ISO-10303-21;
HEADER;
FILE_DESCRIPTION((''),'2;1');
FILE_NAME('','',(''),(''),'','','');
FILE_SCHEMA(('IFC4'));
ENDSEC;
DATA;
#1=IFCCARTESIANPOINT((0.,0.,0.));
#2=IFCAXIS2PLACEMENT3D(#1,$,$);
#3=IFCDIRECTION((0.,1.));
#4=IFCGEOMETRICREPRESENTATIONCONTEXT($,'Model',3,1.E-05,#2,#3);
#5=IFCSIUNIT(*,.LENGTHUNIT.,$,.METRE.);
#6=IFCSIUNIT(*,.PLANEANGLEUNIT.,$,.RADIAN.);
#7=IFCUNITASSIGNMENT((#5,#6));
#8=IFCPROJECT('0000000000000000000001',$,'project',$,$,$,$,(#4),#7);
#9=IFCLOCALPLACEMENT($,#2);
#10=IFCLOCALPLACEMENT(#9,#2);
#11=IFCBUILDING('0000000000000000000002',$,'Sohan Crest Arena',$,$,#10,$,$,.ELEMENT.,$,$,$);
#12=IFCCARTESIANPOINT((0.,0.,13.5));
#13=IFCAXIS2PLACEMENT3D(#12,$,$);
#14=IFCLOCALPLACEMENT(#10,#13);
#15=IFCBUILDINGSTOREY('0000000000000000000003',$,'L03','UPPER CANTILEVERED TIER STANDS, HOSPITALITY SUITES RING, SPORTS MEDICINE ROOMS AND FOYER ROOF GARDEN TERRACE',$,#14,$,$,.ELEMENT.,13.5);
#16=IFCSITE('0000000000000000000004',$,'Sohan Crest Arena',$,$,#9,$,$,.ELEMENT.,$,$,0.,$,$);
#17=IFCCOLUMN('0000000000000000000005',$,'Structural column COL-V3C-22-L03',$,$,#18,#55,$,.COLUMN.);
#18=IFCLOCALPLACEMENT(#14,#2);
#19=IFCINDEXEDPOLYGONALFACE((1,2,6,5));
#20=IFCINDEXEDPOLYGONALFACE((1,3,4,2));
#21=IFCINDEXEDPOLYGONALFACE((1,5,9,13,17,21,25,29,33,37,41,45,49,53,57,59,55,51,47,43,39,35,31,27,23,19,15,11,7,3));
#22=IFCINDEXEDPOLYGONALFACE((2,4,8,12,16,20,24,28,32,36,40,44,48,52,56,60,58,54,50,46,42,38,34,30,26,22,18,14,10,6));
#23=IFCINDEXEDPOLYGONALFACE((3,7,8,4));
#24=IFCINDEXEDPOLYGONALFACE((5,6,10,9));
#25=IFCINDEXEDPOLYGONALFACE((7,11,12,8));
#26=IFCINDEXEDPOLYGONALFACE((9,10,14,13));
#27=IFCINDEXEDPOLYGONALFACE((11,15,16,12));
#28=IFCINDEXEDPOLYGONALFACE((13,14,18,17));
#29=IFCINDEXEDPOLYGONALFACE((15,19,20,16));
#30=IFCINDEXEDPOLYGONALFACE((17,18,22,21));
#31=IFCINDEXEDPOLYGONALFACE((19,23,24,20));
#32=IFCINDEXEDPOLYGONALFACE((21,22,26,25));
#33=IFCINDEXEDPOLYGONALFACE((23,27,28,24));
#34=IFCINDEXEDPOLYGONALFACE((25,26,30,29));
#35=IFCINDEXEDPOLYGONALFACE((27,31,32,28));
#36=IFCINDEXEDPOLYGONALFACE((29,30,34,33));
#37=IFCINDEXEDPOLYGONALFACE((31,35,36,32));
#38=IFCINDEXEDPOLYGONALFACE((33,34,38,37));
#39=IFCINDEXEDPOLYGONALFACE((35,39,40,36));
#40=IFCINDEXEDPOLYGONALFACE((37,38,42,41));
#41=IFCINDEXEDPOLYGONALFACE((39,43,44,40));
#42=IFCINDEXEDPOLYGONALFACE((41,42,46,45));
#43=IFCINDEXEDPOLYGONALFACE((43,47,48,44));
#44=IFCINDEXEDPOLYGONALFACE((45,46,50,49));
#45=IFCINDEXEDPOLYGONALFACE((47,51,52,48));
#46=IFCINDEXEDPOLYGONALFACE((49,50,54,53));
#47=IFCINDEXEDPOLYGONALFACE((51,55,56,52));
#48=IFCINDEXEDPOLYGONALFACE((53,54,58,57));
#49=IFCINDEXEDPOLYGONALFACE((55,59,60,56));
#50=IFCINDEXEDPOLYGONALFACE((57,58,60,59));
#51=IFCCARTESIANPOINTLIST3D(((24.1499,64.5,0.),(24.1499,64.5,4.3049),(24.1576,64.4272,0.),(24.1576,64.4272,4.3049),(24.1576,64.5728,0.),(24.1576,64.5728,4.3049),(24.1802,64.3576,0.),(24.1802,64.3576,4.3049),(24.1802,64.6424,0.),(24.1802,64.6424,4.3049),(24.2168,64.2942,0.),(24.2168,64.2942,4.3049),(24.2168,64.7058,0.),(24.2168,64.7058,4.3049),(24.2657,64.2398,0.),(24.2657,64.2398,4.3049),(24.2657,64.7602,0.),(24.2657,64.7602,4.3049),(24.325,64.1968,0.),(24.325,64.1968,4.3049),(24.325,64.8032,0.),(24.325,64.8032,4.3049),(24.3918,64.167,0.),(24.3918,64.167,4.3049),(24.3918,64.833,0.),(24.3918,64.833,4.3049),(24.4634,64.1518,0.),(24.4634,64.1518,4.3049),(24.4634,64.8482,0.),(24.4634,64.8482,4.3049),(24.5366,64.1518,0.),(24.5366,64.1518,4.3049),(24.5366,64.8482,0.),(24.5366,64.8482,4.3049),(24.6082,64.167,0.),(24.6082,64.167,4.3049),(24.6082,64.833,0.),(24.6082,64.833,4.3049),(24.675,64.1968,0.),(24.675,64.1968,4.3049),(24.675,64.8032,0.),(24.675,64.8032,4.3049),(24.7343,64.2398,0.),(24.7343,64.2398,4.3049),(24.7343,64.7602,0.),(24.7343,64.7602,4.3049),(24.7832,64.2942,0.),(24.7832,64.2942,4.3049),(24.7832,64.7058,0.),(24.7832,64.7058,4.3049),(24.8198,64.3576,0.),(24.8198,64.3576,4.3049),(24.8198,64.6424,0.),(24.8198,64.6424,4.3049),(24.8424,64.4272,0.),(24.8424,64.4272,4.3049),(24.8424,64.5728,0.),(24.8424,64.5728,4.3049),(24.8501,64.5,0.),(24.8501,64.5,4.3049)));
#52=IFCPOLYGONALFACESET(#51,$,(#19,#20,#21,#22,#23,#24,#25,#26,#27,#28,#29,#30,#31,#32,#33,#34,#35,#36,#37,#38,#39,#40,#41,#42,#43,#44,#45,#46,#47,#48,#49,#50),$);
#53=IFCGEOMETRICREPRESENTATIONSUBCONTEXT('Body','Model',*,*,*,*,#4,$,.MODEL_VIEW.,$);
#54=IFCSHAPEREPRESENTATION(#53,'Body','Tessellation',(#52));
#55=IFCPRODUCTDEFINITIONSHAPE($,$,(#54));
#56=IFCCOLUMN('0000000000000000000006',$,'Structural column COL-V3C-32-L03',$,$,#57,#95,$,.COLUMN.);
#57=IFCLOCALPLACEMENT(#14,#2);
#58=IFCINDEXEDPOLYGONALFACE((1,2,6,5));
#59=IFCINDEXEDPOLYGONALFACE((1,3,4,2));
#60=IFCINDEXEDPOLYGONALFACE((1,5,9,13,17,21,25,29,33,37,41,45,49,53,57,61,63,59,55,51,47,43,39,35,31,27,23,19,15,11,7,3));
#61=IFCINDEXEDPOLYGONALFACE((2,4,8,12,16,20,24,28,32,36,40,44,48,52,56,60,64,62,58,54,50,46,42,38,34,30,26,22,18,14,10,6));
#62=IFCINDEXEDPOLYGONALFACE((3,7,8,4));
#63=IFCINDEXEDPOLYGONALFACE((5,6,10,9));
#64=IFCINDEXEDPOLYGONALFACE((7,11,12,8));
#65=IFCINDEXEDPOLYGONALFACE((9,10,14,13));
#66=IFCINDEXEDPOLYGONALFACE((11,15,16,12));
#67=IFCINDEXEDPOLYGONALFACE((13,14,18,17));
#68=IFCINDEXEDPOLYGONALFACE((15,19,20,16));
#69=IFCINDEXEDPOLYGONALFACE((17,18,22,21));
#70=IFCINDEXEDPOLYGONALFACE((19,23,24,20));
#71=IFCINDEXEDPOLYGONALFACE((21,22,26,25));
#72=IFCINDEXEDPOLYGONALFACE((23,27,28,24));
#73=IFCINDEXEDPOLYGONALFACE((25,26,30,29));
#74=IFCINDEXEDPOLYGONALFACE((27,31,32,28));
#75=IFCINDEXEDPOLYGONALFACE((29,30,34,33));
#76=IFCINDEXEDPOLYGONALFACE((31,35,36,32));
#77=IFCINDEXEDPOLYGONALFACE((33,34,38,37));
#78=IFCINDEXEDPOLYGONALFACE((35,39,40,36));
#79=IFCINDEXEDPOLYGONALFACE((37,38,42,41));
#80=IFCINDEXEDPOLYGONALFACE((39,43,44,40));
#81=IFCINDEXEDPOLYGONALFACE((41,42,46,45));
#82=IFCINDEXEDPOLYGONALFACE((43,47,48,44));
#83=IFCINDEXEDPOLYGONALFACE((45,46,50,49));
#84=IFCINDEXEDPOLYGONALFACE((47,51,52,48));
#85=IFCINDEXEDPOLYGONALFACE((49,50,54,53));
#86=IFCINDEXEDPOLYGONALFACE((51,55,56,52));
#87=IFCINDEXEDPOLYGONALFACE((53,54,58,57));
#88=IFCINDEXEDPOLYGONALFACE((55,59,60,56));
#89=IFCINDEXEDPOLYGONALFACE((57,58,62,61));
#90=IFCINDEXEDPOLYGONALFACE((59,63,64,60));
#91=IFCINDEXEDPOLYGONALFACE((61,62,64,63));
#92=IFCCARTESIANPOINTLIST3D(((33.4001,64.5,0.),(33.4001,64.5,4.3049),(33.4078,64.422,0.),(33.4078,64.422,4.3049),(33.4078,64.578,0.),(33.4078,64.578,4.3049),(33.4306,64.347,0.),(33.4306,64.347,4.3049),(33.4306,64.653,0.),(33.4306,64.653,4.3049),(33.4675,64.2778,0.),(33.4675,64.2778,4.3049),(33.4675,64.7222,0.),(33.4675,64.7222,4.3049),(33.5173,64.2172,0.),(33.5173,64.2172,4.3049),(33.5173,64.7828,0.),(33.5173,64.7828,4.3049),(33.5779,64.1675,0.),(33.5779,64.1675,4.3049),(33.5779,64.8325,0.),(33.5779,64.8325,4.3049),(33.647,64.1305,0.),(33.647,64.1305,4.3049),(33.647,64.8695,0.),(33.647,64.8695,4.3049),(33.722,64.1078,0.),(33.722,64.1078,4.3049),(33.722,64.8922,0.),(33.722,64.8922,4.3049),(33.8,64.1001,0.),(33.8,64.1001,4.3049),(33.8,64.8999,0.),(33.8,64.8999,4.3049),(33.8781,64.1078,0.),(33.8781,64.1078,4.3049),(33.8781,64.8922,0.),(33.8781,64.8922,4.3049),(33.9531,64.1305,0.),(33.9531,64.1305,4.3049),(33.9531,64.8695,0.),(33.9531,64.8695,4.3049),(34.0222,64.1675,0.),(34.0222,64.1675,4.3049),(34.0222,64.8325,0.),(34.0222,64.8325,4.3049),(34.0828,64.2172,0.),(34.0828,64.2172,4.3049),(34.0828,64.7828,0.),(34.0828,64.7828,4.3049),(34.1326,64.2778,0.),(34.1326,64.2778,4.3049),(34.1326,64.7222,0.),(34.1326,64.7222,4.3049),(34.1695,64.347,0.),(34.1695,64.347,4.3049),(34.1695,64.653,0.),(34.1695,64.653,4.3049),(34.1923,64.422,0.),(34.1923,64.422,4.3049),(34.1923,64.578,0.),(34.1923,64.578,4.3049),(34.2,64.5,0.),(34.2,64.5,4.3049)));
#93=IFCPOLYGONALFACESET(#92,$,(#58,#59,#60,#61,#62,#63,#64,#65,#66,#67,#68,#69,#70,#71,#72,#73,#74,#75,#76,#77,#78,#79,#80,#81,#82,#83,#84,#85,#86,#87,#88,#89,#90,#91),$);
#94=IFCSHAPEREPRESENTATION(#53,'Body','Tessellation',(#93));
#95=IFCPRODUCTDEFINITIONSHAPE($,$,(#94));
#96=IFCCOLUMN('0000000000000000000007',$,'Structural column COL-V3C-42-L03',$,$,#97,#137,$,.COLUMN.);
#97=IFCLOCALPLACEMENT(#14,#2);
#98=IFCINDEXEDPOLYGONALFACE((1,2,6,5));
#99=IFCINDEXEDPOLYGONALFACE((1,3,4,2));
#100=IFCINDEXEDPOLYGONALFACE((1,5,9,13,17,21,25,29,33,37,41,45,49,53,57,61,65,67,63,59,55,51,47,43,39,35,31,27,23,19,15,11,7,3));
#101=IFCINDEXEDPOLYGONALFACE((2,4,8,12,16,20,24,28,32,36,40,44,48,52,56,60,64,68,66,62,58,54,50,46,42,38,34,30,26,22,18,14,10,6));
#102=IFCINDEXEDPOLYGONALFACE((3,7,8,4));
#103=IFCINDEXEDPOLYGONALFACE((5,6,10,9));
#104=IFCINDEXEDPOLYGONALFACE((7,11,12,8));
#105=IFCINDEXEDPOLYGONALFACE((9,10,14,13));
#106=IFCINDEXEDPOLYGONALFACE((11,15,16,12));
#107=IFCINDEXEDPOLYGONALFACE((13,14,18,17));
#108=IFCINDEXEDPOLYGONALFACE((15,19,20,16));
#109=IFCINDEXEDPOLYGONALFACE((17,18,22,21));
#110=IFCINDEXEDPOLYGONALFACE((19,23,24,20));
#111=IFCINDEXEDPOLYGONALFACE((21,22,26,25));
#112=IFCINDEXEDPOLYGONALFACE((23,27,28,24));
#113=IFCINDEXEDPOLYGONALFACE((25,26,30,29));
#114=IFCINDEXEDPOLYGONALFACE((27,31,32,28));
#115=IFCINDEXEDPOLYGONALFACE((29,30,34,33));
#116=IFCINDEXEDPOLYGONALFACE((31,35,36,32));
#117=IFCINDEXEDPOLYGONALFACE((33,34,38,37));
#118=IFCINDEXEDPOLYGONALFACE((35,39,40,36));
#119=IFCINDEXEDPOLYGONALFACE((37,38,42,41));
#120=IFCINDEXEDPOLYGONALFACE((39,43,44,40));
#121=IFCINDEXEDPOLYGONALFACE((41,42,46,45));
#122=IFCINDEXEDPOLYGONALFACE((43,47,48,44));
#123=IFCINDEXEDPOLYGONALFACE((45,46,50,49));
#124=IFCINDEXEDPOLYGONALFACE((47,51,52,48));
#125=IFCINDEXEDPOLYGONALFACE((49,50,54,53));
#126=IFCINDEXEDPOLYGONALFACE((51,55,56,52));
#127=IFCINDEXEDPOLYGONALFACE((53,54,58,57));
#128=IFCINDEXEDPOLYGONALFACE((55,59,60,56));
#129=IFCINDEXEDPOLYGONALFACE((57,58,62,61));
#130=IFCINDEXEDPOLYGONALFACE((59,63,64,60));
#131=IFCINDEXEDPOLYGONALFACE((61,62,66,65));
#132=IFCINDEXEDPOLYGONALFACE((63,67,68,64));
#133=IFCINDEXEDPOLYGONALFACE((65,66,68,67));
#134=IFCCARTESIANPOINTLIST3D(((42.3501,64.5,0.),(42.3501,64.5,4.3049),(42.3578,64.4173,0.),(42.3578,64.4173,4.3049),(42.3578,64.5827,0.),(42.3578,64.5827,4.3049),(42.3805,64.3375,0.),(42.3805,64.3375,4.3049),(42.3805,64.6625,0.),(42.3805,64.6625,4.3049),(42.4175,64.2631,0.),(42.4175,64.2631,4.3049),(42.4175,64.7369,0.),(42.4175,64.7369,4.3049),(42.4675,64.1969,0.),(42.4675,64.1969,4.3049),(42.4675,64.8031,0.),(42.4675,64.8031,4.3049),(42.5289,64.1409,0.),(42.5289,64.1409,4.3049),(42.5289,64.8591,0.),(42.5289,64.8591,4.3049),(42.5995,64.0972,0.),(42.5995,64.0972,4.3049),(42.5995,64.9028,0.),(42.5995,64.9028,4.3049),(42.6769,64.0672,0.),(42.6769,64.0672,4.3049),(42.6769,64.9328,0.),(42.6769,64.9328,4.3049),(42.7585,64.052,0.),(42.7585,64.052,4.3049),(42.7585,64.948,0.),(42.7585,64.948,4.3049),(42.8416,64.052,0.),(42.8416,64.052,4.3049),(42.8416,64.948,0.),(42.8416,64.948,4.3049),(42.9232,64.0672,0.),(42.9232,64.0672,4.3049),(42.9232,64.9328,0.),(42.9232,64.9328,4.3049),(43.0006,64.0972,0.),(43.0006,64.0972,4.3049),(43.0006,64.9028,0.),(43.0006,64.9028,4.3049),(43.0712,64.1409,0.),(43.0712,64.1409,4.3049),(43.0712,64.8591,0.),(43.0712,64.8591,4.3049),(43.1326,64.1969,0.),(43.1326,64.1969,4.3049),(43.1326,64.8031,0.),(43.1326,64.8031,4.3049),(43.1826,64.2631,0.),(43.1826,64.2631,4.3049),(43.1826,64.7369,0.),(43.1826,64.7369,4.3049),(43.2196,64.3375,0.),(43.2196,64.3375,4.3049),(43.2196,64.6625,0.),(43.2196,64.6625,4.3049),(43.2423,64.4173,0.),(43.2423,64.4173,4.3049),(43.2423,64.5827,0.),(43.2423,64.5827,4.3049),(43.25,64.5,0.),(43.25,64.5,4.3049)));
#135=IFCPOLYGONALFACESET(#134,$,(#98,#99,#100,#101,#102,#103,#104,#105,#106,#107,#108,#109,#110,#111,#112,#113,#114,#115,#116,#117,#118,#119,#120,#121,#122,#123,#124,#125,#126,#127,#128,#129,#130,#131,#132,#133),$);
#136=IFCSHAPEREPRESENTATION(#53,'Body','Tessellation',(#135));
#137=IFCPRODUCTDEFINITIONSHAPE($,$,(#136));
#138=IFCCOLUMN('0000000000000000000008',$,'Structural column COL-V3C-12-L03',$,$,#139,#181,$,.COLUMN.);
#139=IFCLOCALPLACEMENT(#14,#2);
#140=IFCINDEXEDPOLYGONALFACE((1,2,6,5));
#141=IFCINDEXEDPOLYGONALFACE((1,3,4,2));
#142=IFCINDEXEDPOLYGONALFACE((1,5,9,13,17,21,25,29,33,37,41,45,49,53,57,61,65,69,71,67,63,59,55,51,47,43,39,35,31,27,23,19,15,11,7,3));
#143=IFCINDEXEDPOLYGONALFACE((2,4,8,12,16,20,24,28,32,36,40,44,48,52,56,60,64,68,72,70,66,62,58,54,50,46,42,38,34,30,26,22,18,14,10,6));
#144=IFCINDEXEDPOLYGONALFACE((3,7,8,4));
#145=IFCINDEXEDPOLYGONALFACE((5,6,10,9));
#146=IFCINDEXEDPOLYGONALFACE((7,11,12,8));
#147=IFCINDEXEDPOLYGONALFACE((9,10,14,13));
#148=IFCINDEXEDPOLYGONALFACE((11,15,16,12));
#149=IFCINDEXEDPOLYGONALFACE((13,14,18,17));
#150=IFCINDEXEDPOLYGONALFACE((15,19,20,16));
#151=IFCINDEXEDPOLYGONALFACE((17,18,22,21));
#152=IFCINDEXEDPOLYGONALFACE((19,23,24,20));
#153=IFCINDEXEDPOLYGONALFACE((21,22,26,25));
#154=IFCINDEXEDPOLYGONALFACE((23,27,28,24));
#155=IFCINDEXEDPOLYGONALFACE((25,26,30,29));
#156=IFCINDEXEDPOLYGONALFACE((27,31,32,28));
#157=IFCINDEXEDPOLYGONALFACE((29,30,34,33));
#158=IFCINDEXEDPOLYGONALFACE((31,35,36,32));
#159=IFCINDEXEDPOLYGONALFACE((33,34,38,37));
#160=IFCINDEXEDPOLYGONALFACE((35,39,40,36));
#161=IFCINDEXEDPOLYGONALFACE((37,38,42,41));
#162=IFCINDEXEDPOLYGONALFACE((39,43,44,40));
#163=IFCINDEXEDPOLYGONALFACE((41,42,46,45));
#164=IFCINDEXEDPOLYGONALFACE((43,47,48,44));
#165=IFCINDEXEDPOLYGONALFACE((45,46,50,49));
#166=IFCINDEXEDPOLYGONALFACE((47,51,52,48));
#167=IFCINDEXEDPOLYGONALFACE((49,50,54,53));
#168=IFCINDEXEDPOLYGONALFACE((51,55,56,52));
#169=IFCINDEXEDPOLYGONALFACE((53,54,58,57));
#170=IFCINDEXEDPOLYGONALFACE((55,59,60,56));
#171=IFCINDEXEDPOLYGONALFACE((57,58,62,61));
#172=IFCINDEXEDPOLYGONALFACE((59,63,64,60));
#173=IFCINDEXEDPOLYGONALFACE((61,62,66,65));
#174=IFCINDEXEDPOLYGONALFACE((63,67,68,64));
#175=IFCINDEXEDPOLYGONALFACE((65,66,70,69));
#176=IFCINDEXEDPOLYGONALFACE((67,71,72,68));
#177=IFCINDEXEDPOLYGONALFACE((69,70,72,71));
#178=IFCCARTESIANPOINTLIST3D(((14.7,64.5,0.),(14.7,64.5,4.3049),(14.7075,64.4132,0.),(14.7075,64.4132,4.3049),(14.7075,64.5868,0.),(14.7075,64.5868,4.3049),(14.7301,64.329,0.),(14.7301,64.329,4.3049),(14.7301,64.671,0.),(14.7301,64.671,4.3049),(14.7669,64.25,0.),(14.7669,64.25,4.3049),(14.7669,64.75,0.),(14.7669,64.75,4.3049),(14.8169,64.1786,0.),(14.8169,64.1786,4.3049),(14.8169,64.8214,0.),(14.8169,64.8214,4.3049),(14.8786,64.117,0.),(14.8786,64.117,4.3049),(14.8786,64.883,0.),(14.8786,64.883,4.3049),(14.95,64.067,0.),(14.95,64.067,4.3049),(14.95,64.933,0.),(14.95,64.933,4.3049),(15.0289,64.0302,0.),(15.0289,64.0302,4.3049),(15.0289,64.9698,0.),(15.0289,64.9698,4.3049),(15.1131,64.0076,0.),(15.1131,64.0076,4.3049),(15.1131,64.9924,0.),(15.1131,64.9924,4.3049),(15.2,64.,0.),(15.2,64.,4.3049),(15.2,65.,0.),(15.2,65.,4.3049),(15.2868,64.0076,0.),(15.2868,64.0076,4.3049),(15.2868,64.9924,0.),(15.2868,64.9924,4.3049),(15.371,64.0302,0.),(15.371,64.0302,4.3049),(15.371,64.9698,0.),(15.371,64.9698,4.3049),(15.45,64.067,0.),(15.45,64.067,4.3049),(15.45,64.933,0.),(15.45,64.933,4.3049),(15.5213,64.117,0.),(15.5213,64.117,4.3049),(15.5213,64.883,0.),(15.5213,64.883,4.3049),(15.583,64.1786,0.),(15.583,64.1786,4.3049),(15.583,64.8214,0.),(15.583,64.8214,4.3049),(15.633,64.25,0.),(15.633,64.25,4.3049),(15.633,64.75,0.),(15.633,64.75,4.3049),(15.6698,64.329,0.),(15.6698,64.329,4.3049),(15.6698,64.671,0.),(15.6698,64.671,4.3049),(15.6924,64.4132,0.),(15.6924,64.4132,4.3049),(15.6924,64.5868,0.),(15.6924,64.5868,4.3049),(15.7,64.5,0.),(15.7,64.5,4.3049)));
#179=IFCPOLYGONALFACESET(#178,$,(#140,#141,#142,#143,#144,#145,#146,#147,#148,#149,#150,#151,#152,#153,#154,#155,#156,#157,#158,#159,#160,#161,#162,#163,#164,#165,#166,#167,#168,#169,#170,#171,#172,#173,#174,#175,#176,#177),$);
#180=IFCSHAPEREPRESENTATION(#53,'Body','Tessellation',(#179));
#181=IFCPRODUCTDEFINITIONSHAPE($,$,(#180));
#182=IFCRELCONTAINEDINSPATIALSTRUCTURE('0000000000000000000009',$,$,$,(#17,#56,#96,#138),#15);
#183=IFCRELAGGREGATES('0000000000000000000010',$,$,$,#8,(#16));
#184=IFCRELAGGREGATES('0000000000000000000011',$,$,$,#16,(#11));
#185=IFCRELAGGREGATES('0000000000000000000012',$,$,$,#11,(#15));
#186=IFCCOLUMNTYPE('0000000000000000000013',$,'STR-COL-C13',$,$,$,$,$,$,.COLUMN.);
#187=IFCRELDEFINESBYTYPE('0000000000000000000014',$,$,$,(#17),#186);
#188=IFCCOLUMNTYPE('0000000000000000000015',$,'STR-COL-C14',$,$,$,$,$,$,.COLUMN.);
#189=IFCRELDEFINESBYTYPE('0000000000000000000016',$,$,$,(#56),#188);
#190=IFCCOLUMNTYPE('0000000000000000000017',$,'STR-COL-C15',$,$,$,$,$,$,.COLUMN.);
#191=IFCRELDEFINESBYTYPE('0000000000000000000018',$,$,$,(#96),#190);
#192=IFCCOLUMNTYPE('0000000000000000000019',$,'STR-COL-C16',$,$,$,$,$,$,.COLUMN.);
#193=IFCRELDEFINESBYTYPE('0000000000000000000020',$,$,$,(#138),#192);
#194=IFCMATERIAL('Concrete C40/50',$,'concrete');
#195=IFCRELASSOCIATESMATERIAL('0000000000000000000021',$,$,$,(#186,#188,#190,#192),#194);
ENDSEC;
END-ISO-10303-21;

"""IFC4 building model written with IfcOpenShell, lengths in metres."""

from ifc_helpers import new_model, si_unit, direction, frame, origin, origin_2d, place, context, subcontext, project, spatial, circle, extrude, material, material_profile, profile_set, type_object, element, save


model = new_model("IFC4")

# Units and contexts
model_context = context("Model", 3, precision=1e-05, world=origin(), true_north=direction((0.0, 1.0)))
body_context = subcontext(model_context, "Body", "Model", "MODEL_VIEW")
ifc_project = project(units=[si_unit("LENGTHUNIT", "METRE"), si_unit("PLANEANGLEUNIT", "RADIAN")], contexts=[model_context])

# Site, building, storey
site_placement = place(None, origin())
site = spatial("IfcSite", under=ifc_project, at=site_placement, Name="Sohan Crest Arena", CompositionType="ELEMENT", RefElevation=0.0)
building_placement = place(site_placement, origin())
building = spatial("IfcBuilding", under=site, at=building_placement, Name="Sohan Crest Arena", CompositionType="ELEMENT")
storey_placement = place(building_placement, frame((0.0, 0.0, 13.5)))
storey = spatial("IfcBuildingStorey", under=building, at=storey_placement, Name="L03", Description="UPPER CANTILEVERED TIER STANDS, HOSPITALITY SUITES RING, SPORTS MEDICINE ROOMS AND FOYER ROOF GARDEN TERRACE", CompositionType="ELEMENT", Elevation=13.5)

# Columns
ifc_material_1 = material(Name="Concrete C40/50", Category="concrete")
ifc_material_profile_1 = material_profile(ifc_material_1, circle(Radius=0.3501, at=origin_2d()), Name="RC D700")
ifc_profile_set_1 = profile_set([ifc_material_profile_1], Name="Concrete C40/50")
column_type_1 = type_object("IfcColumnType", Name="STR-COL-C13", PredefinedType="COLUMN", material=ifc_profile_set_1)
column_1_placement = place(storey_placement, frame((24.5, 64.5, 0.0), z_axis=(0.0, 0.0, 1.0), x_axis=(1.0, 0.0, 0.0)))
element("IfcColumn", 1, at=column_1_placement, inside=storey, type_object=column_type_1, Name="Structural column COL-V3C-22-L03", PredefinedType="COLUMN", context=body_context, shape_type="SweptSolid", body=[
    extrude(circle(Radius=0.3501, at=origin_2d()), origin(), (0.0, 0.0, 1.0), 4.3049),
])
ifc_material_profile_2 = material_profile(ifc_material_1, circle(Radius=0.3999, at=origin_2d()), Name="RC D800")
ifc_profile_set_2 = profile_set([ifc_material_profile_2], Name="Concrete C40/50")
column_type_2 = type_object("IfcColumnType", Name="STR-COL-C14", PredefinedType="COLUMN", material=ifc_profile_set_2)
column_2_placement = place(storey_placement, frame((33.8, 64.5, 0.0), z_axis=(0.0, 0.0, 1.0), x_axis=(1.0, 0.0, 0.0)))
element("IfcColumn", 2, at=column_2_placement, inside=storey, type_object=column_type_2, Name="Structural column COL-V3C-32-L03", PredefinedType="COLUMN", context=body_context, shape_type="SweptSolid", body=[
    extrude(circle(Radius=0.3999, at=origin_2d()), origin(), (0.0, 0.0, 1.0), 4.3049),
])
ifc_material_profile_3 = material_profile(ifc_material_1, circle(Radius=0.45, at=origin_2d()), Name="RC D900")
ifc_profile_set_3 = profile_set([ifc_material_profile_3], Name="Concrete C40/50")
column_type_3 = type_object("IfcColumnType", Name="STR-COL-C15", PredefinedType="COLUMN", material=ifc_profile_set_3)
column_3_placement = place(storey_placement, frame((42.8, 64.5, 0.0), z_axis=(0.0, 0.0, 1.0), x_axis=(1.0, 0.0, 0.0)))
element("IfcColumn", 3, at=column_3_placement, inside=storey, type_object=column_type_3, Name="Structural column COL-V3C-42-L03", PredefinedType="COLUMN", context=body_context, shape_type="SweptSolid", body=[
    extrude(circle(Radius=0.45, at=origin_2d()), origin(), (0.0, 0.0, 1.0), 4.3049),
])
ifc_material_profile_4 = material_profile(ifc_material_1, circle(Radius=0.5, at=origin_2d()), Name="RC D1000")
ifc_profile_set_4 = profile_set([ifc_material_profile_4], Name="Concrete C40/50")
column_type_4 = type_object("IfcColumnType", Name="STR-COL-C16", PredefinedType="COLUMN", material=ifc_profile_set_4)
column_4_placement = place(storey_placement, frame((15.2, 64.5, 0.0), z_axis=(0.0, 0.0, 1.0), x_axis=(1.0, 0.0, 0.0)))
element("IfcColumn", 4, at=column_4_placement, inside=storey, type_object=column_type_4, Name="Structural column COL-V3C-12-L03", PredefinedType="COLUMN", context=body_context, shape_type="SweptSolid", body=[
    extrude(circle(Radius=0.5, at=origin_2d()), origin(), (0.0, 0.0, 1.0), 4.3049),
])

save(model, "model.ifc")
